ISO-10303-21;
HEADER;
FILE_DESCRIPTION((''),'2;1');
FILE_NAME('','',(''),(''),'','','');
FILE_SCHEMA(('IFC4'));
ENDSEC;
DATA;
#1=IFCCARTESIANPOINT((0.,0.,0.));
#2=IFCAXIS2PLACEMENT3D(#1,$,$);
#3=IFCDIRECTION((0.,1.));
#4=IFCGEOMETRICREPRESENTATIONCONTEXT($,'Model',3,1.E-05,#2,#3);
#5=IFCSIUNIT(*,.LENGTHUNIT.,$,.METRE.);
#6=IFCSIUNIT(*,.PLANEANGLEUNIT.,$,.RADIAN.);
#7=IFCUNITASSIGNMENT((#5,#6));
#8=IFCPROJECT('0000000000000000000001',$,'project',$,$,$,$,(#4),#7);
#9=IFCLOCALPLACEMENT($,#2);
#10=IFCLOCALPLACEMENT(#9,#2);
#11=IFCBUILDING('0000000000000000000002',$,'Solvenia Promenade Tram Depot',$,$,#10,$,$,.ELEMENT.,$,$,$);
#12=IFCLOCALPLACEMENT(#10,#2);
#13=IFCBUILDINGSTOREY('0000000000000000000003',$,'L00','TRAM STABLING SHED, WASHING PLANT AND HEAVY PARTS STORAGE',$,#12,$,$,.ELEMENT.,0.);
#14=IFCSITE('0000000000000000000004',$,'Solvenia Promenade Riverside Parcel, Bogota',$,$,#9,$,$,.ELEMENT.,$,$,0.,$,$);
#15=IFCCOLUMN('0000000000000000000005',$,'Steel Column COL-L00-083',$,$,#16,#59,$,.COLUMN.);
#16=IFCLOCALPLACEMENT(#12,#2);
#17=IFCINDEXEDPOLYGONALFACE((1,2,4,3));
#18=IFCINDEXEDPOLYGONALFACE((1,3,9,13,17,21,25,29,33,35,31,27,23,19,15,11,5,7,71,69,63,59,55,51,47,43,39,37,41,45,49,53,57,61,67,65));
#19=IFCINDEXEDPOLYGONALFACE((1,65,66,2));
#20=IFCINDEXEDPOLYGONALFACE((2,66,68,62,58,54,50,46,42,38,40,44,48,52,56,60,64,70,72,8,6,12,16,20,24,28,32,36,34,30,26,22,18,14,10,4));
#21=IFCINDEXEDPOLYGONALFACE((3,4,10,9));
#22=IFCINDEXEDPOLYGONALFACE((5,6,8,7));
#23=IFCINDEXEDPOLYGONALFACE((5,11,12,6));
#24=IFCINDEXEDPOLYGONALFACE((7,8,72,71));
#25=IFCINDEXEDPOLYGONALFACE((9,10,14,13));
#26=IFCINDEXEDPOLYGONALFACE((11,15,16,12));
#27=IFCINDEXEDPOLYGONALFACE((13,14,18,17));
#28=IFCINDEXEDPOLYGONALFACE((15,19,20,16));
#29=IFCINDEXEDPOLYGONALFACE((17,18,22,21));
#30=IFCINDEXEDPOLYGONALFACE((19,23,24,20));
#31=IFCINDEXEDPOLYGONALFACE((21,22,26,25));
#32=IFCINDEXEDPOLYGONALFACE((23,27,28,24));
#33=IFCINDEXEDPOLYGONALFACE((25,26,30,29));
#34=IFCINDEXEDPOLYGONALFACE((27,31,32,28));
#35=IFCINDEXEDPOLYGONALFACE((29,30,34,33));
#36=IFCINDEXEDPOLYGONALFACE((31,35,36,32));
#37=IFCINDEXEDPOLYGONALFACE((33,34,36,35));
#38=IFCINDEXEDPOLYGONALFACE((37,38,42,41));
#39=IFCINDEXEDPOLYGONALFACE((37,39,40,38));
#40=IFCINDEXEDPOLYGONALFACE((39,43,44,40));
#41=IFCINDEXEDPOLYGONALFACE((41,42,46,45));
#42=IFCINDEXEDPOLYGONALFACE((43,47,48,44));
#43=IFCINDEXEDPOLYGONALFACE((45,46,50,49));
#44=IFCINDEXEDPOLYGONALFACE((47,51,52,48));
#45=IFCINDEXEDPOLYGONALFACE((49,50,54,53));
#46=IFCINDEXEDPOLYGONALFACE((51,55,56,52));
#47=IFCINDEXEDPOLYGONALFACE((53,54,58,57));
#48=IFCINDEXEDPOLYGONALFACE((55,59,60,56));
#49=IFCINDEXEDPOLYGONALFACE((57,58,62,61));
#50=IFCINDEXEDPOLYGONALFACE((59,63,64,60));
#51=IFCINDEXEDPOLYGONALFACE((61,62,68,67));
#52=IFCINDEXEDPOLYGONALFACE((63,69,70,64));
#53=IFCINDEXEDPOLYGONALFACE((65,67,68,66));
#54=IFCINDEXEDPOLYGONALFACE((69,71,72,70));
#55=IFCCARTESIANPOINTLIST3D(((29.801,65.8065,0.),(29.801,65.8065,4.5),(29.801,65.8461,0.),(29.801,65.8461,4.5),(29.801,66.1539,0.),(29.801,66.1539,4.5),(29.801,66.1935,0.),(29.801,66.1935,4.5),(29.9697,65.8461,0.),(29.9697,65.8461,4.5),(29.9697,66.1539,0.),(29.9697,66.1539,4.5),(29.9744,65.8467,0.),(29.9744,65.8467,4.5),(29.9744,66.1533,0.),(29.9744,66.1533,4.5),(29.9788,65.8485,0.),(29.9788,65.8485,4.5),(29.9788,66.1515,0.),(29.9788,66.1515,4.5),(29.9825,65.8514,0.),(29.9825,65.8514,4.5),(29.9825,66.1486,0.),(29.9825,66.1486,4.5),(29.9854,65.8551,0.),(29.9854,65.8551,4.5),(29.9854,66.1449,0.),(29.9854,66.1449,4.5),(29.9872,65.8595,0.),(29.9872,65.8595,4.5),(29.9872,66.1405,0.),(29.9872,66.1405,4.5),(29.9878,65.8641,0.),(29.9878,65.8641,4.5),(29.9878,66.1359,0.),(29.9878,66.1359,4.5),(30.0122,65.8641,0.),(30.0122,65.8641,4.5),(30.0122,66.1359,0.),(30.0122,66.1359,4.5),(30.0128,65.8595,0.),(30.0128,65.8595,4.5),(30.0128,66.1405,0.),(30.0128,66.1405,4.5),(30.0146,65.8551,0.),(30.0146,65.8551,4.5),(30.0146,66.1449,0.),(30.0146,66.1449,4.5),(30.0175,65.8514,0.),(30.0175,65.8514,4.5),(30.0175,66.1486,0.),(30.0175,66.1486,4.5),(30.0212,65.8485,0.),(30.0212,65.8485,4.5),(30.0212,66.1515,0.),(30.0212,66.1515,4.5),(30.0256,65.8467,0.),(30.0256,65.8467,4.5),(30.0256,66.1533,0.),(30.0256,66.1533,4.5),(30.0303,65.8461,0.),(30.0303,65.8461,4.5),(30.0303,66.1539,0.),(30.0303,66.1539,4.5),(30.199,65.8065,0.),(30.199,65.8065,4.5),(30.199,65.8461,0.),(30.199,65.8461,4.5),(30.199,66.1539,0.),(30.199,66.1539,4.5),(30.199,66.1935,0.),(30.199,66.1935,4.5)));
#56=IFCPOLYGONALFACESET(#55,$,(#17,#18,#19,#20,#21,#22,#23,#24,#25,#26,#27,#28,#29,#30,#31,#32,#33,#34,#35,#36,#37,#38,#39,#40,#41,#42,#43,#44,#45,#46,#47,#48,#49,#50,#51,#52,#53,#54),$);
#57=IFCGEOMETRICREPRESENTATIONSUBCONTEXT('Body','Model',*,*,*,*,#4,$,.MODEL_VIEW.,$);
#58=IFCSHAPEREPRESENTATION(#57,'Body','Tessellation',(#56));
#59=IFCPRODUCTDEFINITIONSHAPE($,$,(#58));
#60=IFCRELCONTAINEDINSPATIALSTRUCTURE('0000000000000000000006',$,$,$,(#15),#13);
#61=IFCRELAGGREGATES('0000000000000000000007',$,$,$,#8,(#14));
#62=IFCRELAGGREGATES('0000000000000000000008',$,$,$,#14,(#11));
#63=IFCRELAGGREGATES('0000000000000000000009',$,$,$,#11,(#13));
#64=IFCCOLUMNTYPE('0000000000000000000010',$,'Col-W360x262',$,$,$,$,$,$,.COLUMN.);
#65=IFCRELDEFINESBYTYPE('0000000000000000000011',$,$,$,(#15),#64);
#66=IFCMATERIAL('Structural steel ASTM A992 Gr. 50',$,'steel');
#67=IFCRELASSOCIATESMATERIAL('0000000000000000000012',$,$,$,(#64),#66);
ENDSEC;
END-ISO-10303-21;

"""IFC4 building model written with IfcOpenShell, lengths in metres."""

from ifc_helpers import new_model, si_unit, direction, frame, origin, origin_2d, place, context, subcontext, project, spatial, i_section, extrude, material, material_profile, profile_set, type_object, element, save


model = new_model("IFC4")

# Units and contexts
model_context = context("Model", 3, precision=1e-05, world=origin(), true_north=direction((0.0, 1.0)))
body_context = subcontext(model_context, "Body", "Model", "MODEL_VIEW")
ifc_project = project(units=[si_unit("LENGTHUNIT", "METRE"), si_unit("PLANEANGLEUNIT", "RADIAN")], contexts=[model_context])

# Site, building, storey
site_placement = place(None, origin())
site = spatial("IfcSite", under=ifc_project, at=site_placement, Name="Solvenia Promenade Riverside Parcel, Bogota", CompositionType="ELEMENT", RefElevation=0.0)
building_placement = place(site_placement, origin())
building = spatial("IfcBuilding", under=site, at=building_placement, Name="Solvenia Promenade Tram Depot", CompositionType="ELEMENT")
storey_placement = place(building_placement, origin())
storey = spatial("IfcBuildingStorey", under=building, at=storey_placement, Name="L00", Description="TRAM STABLING SHED, WASHING PLANT AND HEAVY PARTS STORAGE", CompositionType="ELEMENT", Elevation=0.0)

# Column
ifc_material_1 = material(Name="Structural steel ASTM A992 Gr. 50", Category="steel")
ifc_material_profile_1 = material_profile(ifc_material_1, i_section(OverallWidth=0.3979, OverallDepth=0.387, WebThickness=0.0244, FlangeThickness=0.0396, FilletRadius=0.0181, at=origin_2d()), Name="W360x262", Category="steel")
ifc_profile_set_1 = profile_set([ifc_material_profile_1], Name="Structural steel ASTM A992 Gr. 50")
column_type_1 = type_object("IfcColumnType", Name="Col-W360x262", PredefinedType="COLUMN", material=ifc_profile_set_1)
for number, where, z_axis, x_axis, name in (
    (1, (30.0, 66.0, 0.0), (0.0, 0.0, 1.0), (1.0, 0.0, 0.0), "Steel Column COL-L00-083"),
):
    element("IfcColumn", number, at=place(storey_placement, frame(where, z_axis=z_axis, x_axis=x_axis)), inside=storey, type_object=column_type_1, Name=name, PredefinedType="COLUMN", context=body_context, shape_type="SweptSolid", body=[
        extrude(i_section(OverallWidth=0.3979, OverallDepth=0.387, WebThickness=0.0244, FlangeThickness=0.0396, FilletRadius=0.0181, at=origin_2d()), origin(), (0.0, 0.0, 1.0), 4.5),
    ])

save(model, "model.ifc")
